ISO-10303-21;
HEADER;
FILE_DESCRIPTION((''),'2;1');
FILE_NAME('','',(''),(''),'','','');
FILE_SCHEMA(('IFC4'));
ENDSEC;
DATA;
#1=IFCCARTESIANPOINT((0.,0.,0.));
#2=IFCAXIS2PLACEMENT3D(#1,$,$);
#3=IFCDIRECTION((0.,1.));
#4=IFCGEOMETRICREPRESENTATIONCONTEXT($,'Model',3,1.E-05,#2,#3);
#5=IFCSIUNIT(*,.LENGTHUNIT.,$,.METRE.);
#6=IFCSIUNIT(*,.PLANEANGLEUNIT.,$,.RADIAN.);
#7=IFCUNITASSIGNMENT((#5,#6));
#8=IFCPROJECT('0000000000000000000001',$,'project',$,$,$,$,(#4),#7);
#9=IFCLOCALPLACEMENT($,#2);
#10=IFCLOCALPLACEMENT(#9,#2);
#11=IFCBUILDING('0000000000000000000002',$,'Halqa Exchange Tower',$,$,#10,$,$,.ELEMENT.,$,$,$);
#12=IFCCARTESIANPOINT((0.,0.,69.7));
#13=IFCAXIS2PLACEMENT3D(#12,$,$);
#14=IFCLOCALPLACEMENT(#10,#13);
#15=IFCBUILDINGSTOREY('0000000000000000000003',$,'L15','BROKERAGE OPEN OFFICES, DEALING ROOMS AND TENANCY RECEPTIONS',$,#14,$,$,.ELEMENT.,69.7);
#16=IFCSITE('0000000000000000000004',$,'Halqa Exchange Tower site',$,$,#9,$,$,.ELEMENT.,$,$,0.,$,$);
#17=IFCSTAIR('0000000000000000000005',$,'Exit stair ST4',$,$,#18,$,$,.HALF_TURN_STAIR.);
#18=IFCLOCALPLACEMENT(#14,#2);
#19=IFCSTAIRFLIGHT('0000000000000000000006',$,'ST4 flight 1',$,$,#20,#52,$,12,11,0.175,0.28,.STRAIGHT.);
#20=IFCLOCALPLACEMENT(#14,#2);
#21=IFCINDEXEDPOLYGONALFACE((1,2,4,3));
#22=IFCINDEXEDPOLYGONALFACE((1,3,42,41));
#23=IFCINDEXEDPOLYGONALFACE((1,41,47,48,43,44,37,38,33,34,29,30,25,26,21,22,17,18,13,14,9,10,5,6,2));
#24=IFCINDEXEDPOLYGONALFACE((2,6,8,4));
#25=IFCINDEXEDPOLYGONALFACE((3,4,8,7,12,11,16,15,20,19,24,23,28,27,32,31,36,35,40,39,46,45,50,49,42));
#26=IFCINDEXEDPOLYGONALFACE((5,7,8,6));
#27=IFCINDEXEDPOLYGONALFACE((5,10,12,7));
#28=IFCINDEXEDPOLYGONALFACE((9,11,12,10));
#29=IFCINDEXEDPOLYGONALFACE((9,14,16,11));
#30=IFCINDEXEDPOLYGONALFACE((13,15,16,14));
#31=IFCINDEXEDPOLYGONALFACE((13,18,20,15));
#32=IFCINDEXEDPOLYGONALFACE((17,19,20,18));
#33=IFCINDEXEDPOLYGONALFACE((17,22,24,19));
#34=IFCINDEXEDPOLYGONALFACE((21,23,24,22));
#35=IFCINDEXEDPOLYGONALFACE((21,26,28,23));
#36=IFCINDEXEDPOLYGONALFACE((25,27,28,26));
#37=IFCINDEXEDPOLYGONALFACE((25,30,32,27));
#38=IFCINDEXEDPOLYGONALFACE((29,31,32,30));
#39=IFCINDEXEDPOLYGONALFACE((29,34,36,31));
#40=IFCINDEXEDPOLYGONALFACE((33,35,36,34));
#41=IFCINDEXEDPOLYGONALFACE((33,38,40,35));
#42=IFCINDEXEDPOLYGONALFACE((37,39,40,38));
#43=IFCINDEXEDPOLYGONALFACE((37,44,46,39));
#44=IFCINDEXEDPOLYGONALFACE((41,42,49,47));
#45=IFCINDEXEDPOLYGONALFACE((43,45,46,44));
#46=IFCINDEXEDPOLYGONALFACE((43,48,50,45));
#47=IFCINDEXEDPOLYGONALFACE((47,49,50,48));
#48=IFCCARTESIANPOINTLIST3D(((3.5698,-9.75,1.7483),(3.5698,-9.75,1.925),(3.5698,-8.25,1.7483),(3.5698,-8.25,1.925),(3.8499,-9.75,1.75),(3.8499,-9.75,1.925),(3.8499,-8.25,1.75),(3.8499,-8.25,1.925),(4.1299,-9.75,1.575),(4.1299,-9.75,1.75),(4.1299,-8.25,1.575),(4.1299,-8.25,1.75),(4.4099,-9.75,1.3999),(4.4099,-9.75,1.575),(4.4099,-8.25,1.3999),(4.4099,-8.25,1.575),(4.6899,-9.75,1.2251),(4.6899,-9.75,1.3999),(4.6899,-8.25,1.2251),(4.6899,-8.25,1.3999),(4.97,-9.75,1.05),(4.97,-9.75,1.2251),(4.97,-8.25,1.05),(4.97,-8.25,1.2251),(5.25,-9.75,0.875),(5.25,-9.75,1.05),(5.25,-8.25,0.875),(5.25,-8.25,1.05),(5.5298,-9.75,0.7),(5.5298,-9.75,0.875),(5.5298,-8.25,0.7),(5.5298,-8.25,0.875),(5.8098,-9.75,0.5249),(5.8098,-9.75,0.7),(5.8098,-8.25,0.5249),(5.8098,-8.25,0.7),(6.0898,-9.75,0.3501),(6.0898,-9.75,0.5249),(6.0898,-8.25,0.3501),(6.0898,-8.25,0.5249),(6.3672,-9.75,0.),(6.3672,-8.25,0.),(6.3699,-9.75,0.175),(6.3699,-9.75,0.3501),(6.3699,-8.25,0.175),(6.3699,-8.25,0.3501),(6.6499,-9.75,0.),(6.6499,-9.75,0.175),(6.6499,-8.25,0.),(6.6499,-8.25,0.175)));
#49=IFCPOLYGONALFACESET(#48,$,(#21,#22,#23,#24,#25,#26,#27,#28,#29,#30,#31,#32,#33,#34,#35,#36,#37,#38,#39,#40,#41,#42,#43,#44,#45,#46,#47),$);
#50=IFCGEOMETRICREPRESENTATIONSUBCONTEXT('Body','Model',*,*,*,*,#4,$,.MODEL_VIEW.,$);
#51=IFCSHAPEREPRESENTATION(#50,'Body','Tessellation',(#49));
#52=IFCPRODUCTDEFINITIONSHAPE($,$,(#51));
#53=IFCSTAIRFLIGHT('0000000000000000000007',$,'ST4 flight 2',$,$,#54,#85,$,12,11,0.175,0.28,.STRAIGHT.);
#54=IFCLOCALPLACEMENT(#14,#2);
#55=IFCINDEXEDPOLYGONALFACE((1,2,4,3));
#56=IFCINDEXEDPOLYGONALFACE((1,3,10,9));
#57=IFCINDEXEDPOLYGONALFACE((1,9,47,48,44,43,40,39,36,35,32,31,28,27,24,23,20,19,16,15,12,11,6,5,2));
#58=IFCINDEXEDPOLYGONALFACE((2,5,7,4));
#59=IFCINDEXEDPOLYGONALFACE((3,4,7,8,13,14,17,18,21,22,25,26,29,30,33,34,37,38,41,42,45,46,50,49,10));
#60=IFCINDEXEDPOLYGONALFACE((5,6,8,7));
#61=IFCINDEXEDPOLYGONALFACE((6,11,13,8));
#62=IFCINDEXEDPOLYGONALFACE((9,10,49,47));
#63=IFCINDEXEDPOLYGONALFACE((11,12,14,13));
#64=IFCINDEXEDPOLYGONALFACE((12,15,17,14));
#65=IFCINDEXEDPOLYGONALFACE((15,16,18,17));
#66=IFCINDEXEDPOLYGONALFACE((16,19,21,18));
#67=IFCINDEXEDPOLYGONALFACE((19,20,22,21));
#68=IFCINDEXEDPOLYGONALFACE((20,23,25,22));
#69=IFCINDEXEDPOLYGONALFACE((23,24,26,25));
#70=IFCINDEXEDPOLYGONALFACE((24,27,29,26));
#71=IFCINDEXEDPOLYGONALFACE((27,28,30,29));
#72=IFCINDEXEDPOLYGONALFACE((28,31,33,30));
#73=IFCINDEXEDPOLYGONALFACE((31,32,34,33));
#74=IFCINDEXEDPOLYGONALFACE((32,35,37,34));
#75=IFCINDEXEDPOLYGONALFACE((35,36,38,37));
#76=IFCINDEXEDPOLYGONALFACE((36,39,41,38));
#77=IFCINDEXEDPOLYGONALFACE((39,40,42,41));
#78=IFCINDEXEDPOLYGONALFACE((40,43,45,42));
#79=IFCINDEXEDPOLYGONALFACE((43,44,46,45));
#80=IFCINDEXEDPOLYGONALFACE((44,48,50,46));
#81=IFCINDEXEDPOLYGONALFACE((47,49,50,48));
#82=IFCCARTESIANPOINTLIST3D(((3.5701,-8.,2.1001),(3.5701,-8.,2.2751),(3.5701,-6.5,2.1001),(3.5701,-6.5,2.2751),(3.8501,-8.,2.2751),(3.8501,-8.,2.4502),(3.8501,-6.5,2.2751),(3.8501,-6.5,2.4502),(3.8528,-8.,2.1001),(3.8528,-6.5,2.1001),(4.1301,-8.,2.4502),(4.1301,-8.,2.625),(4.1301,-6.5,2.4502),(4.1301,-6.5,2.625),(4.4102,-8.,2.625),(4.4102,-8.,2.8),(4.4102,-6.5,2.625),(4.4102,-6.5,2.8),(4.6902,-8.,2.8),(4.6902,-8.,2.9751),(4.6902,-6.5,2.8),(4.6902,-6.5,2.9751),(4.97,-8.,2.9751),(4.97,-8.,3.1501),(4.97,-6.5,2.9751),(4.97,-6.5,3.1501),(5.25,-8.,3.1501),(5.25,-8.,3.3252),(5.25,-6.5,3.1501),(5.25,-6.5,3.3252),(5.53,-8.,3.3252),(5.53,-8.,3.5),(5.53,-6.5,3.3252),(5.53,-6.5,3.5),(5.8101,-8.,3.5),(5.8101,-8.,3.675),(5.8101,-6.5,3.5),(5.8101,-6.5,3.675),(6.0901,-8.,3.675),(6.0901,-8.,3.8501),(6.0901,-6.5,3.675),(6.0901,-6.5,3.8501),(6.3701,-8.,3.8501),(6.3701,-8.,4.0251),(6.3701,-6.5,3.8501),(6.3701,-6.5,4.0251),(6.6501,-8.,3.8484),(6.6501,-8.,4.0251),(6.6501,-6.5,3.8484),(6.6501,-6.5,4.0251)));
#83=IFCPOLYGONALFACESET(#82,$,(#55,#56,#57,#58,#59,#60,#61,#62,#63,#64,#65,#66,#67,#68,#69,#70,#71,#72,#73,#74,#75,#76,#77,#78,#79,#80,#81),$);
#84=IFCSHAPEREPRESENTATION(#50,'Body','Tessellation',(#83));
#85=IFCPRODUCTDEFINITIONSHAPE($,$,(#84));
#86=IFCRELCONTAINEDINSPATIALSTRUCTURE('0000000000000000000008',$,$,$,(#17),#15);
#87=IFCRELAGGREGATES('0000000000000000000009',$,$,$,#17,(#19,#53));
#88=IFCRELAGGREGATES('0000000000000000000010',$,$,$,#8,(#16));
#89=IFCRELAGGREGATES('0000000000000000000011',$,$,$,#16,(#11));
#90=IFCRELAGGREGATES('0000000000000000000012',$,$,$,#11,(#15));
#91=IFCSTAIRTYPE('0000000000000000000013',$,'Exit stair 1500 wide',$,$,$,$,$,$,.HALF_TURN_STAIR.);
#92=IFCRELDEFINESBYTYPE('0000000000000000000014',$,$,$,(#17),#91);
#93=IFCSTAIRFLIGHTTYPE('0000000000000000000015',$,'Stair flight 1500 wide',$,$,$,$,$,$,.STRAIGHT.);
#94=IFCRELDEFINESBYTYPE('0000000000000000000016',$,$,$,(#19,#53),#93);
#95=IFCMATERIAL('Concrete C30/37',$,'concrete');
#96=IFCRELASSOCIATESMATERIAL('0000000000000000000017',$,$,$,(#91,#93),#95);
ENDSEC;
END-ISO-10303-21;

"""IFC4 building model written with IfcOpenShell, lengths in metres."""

from ifc_helpers import new_model, si_unit, direction, frame, origin, place, context, subcontext, project, spatial, polyline, outline, extrude, material, type_object, element, aggregate, save


model = new_model("IFC4")

# Units and contexts
model_context = context("Model", 3, precision=1e-05, world=origin(), true_north=direction((0.0, 1.0)))
body_context = subcontext(model_context, "Body", "Model", "MODEL_VIEW")
ifc_project = project(units=[si_unit("LENGTHUNIT", "METRE"), si_unit("PLANEANGLEUNIT", "RADIAN")], contexts=[model_context])

# Site, building, storey
site_placement = place(None, origin())
site = spatial("IfcSite", under=ifc_project, at=site_placement, Name="Halqa Exchange Tower site", CompositionType="ELEMENT", RefElevation=0.0)
building_placement = place(site_placement, origin())
building = spatial("IfcBuilding", under=site, at=building_placement, Name="Halqa Exchange Tower", CompositionType="ELEMENT")
storey_placement = place(building_placement, frame((0.0, 0.0, 69.7)))
storey = spatial("IfcBuildingStorey", under=building, at=storey_placement, Name="L15", Description="BROKERAGE OPEN OFFICES, DEALING ROOMS AND TENANCY RECEPTIONS", CompositionType="ELEMENT", Elevation=69.7)

# Shared definitions
ifc_material_1 = material(Name="Concrete C30/37", Category="concrete")

# Stair, stair flights
stair_type = type_object("IfcStairType", Name="Exit stair 1500 wide", PredefinedType="HALF_TURN_STAIR", material=ifc_material_1)
stair_placement = place(storey_placement, origin())
stair = element("IfcStair", 1, at=stair_placement, inside=storey, type_object=stair_type, Name="Exit stair ST4", PredefinedType="HALF_TURN_STAIR")
stair_flight_type = type_object("IfcStairFlightType", Name="Stair flight 1500 wide", PredefinedType="STRAIGHT", material=ifc_material_1)
stair_flight_1_placement = place(storey_placement, frame((6.6499, -9.0, 0.0), z_axis=(0.0, 0.0, 1.0), x_axis=(-1.0, 0.0, 0.0)))
stair_flight_1 = element("IfcStairFlight", 2, at=stair_flight_1_placement, type_object=stair_flight_type, Name="ST4 flight 1", NumberOfRisers=12, NumberOfTreads=11, PredefinedType="STRAIGHT", RiserHeight=0.175, TreadLength=0.28, context=body_context, shape_type="SweptSolid", body=[
    extrude(outline(polyline([(0.0, 0.0), (0.0, 0.175), (0.28, 0.175), (0.28, 0.3501), (0.5601, 0.3501), (0.5601, 0.5249), (0.8401, 0.5249), (0.8401, 0.7), (1.1201, 0.7), (1.1201, 0.875), (1.3999, 0.875), (1.3999, 1.05), (1.6799, 1.05), (1.6799, 1.2251), (1.96, 1.2251), (1.96, 1.3999), (2.24, 1.3999), (2.24, 1.575), (2.52, 1.575), (2.52, 1.75), (2.8, 1.75), (2.8, 1.925), (3.0801, 1.925), (3.0801, 2.1001), (3.0801, 1.7483), (0.2827, 0.0), (0.0, 0.0)])), frame((0.0, 0.75, 0.0), z_axis=(0.0, -1.0, 0.0), x_axis=(1.0, 0.0, 0.0)), (0.0, 0.0, 1.0), 1.5),
])
stair_flight_2_placement = place(storey_placement, frame((3.5701, -7.25, 2.1001), z_axis=(0.0, 0.0, 1.0), x_axis=(1.0, 0.0, 0.0)))
stair_flight_2 = element("IfcStairFlight", 3, at=stair_flight_2_placement, type_object=stair_flight_type, Name="ST4 flight 2", NumberOfRisers=12, NumberOfTreads=11, PredefinedType="STRAIGHT", RiserHeight=0.175, TreadLength=0.28, context=body_context, shape_type="SweptSolid", body=[
    extrude(outline(polyline([(0.0, 0.0), (0.0, 0.175), (0.28, 0.175), (0.28, 0.3501), (0.5601, 0.3501), (0.5601, 0.5249), (0.8401, 0.5249), (0.8401, 0.7), (1.1201, 0.7), (1.1201, 0.875), (1.3999, 0.875), (1.3999, 1.05), (1.6799, 1.05), (1.6799, 1.2251), (1.96, 1.2251), (1.96, 1.3999), (2.24, 1.3999), (2.24, 1.575), (2.52, 1.575), (2.52, 1.75), (2.8, 1.75), (2.8, 1.925), (3.0801, 1.925), (3.0801, 2.1001), (3.0801, 1.7483), (0.2827, 0.0), (0.0, 0.0)])), frame((0.0, 0.75, 0.0), z_axis=(0.0, -1.0, 0.0), x_axis=(1.0, 0.0, 0.0)), (0.0, 0.0, 1.0), 1.5),
])
aggregate(stair, [stair_flight_1, stair_flight_2])

save(model, "model.ifc")
